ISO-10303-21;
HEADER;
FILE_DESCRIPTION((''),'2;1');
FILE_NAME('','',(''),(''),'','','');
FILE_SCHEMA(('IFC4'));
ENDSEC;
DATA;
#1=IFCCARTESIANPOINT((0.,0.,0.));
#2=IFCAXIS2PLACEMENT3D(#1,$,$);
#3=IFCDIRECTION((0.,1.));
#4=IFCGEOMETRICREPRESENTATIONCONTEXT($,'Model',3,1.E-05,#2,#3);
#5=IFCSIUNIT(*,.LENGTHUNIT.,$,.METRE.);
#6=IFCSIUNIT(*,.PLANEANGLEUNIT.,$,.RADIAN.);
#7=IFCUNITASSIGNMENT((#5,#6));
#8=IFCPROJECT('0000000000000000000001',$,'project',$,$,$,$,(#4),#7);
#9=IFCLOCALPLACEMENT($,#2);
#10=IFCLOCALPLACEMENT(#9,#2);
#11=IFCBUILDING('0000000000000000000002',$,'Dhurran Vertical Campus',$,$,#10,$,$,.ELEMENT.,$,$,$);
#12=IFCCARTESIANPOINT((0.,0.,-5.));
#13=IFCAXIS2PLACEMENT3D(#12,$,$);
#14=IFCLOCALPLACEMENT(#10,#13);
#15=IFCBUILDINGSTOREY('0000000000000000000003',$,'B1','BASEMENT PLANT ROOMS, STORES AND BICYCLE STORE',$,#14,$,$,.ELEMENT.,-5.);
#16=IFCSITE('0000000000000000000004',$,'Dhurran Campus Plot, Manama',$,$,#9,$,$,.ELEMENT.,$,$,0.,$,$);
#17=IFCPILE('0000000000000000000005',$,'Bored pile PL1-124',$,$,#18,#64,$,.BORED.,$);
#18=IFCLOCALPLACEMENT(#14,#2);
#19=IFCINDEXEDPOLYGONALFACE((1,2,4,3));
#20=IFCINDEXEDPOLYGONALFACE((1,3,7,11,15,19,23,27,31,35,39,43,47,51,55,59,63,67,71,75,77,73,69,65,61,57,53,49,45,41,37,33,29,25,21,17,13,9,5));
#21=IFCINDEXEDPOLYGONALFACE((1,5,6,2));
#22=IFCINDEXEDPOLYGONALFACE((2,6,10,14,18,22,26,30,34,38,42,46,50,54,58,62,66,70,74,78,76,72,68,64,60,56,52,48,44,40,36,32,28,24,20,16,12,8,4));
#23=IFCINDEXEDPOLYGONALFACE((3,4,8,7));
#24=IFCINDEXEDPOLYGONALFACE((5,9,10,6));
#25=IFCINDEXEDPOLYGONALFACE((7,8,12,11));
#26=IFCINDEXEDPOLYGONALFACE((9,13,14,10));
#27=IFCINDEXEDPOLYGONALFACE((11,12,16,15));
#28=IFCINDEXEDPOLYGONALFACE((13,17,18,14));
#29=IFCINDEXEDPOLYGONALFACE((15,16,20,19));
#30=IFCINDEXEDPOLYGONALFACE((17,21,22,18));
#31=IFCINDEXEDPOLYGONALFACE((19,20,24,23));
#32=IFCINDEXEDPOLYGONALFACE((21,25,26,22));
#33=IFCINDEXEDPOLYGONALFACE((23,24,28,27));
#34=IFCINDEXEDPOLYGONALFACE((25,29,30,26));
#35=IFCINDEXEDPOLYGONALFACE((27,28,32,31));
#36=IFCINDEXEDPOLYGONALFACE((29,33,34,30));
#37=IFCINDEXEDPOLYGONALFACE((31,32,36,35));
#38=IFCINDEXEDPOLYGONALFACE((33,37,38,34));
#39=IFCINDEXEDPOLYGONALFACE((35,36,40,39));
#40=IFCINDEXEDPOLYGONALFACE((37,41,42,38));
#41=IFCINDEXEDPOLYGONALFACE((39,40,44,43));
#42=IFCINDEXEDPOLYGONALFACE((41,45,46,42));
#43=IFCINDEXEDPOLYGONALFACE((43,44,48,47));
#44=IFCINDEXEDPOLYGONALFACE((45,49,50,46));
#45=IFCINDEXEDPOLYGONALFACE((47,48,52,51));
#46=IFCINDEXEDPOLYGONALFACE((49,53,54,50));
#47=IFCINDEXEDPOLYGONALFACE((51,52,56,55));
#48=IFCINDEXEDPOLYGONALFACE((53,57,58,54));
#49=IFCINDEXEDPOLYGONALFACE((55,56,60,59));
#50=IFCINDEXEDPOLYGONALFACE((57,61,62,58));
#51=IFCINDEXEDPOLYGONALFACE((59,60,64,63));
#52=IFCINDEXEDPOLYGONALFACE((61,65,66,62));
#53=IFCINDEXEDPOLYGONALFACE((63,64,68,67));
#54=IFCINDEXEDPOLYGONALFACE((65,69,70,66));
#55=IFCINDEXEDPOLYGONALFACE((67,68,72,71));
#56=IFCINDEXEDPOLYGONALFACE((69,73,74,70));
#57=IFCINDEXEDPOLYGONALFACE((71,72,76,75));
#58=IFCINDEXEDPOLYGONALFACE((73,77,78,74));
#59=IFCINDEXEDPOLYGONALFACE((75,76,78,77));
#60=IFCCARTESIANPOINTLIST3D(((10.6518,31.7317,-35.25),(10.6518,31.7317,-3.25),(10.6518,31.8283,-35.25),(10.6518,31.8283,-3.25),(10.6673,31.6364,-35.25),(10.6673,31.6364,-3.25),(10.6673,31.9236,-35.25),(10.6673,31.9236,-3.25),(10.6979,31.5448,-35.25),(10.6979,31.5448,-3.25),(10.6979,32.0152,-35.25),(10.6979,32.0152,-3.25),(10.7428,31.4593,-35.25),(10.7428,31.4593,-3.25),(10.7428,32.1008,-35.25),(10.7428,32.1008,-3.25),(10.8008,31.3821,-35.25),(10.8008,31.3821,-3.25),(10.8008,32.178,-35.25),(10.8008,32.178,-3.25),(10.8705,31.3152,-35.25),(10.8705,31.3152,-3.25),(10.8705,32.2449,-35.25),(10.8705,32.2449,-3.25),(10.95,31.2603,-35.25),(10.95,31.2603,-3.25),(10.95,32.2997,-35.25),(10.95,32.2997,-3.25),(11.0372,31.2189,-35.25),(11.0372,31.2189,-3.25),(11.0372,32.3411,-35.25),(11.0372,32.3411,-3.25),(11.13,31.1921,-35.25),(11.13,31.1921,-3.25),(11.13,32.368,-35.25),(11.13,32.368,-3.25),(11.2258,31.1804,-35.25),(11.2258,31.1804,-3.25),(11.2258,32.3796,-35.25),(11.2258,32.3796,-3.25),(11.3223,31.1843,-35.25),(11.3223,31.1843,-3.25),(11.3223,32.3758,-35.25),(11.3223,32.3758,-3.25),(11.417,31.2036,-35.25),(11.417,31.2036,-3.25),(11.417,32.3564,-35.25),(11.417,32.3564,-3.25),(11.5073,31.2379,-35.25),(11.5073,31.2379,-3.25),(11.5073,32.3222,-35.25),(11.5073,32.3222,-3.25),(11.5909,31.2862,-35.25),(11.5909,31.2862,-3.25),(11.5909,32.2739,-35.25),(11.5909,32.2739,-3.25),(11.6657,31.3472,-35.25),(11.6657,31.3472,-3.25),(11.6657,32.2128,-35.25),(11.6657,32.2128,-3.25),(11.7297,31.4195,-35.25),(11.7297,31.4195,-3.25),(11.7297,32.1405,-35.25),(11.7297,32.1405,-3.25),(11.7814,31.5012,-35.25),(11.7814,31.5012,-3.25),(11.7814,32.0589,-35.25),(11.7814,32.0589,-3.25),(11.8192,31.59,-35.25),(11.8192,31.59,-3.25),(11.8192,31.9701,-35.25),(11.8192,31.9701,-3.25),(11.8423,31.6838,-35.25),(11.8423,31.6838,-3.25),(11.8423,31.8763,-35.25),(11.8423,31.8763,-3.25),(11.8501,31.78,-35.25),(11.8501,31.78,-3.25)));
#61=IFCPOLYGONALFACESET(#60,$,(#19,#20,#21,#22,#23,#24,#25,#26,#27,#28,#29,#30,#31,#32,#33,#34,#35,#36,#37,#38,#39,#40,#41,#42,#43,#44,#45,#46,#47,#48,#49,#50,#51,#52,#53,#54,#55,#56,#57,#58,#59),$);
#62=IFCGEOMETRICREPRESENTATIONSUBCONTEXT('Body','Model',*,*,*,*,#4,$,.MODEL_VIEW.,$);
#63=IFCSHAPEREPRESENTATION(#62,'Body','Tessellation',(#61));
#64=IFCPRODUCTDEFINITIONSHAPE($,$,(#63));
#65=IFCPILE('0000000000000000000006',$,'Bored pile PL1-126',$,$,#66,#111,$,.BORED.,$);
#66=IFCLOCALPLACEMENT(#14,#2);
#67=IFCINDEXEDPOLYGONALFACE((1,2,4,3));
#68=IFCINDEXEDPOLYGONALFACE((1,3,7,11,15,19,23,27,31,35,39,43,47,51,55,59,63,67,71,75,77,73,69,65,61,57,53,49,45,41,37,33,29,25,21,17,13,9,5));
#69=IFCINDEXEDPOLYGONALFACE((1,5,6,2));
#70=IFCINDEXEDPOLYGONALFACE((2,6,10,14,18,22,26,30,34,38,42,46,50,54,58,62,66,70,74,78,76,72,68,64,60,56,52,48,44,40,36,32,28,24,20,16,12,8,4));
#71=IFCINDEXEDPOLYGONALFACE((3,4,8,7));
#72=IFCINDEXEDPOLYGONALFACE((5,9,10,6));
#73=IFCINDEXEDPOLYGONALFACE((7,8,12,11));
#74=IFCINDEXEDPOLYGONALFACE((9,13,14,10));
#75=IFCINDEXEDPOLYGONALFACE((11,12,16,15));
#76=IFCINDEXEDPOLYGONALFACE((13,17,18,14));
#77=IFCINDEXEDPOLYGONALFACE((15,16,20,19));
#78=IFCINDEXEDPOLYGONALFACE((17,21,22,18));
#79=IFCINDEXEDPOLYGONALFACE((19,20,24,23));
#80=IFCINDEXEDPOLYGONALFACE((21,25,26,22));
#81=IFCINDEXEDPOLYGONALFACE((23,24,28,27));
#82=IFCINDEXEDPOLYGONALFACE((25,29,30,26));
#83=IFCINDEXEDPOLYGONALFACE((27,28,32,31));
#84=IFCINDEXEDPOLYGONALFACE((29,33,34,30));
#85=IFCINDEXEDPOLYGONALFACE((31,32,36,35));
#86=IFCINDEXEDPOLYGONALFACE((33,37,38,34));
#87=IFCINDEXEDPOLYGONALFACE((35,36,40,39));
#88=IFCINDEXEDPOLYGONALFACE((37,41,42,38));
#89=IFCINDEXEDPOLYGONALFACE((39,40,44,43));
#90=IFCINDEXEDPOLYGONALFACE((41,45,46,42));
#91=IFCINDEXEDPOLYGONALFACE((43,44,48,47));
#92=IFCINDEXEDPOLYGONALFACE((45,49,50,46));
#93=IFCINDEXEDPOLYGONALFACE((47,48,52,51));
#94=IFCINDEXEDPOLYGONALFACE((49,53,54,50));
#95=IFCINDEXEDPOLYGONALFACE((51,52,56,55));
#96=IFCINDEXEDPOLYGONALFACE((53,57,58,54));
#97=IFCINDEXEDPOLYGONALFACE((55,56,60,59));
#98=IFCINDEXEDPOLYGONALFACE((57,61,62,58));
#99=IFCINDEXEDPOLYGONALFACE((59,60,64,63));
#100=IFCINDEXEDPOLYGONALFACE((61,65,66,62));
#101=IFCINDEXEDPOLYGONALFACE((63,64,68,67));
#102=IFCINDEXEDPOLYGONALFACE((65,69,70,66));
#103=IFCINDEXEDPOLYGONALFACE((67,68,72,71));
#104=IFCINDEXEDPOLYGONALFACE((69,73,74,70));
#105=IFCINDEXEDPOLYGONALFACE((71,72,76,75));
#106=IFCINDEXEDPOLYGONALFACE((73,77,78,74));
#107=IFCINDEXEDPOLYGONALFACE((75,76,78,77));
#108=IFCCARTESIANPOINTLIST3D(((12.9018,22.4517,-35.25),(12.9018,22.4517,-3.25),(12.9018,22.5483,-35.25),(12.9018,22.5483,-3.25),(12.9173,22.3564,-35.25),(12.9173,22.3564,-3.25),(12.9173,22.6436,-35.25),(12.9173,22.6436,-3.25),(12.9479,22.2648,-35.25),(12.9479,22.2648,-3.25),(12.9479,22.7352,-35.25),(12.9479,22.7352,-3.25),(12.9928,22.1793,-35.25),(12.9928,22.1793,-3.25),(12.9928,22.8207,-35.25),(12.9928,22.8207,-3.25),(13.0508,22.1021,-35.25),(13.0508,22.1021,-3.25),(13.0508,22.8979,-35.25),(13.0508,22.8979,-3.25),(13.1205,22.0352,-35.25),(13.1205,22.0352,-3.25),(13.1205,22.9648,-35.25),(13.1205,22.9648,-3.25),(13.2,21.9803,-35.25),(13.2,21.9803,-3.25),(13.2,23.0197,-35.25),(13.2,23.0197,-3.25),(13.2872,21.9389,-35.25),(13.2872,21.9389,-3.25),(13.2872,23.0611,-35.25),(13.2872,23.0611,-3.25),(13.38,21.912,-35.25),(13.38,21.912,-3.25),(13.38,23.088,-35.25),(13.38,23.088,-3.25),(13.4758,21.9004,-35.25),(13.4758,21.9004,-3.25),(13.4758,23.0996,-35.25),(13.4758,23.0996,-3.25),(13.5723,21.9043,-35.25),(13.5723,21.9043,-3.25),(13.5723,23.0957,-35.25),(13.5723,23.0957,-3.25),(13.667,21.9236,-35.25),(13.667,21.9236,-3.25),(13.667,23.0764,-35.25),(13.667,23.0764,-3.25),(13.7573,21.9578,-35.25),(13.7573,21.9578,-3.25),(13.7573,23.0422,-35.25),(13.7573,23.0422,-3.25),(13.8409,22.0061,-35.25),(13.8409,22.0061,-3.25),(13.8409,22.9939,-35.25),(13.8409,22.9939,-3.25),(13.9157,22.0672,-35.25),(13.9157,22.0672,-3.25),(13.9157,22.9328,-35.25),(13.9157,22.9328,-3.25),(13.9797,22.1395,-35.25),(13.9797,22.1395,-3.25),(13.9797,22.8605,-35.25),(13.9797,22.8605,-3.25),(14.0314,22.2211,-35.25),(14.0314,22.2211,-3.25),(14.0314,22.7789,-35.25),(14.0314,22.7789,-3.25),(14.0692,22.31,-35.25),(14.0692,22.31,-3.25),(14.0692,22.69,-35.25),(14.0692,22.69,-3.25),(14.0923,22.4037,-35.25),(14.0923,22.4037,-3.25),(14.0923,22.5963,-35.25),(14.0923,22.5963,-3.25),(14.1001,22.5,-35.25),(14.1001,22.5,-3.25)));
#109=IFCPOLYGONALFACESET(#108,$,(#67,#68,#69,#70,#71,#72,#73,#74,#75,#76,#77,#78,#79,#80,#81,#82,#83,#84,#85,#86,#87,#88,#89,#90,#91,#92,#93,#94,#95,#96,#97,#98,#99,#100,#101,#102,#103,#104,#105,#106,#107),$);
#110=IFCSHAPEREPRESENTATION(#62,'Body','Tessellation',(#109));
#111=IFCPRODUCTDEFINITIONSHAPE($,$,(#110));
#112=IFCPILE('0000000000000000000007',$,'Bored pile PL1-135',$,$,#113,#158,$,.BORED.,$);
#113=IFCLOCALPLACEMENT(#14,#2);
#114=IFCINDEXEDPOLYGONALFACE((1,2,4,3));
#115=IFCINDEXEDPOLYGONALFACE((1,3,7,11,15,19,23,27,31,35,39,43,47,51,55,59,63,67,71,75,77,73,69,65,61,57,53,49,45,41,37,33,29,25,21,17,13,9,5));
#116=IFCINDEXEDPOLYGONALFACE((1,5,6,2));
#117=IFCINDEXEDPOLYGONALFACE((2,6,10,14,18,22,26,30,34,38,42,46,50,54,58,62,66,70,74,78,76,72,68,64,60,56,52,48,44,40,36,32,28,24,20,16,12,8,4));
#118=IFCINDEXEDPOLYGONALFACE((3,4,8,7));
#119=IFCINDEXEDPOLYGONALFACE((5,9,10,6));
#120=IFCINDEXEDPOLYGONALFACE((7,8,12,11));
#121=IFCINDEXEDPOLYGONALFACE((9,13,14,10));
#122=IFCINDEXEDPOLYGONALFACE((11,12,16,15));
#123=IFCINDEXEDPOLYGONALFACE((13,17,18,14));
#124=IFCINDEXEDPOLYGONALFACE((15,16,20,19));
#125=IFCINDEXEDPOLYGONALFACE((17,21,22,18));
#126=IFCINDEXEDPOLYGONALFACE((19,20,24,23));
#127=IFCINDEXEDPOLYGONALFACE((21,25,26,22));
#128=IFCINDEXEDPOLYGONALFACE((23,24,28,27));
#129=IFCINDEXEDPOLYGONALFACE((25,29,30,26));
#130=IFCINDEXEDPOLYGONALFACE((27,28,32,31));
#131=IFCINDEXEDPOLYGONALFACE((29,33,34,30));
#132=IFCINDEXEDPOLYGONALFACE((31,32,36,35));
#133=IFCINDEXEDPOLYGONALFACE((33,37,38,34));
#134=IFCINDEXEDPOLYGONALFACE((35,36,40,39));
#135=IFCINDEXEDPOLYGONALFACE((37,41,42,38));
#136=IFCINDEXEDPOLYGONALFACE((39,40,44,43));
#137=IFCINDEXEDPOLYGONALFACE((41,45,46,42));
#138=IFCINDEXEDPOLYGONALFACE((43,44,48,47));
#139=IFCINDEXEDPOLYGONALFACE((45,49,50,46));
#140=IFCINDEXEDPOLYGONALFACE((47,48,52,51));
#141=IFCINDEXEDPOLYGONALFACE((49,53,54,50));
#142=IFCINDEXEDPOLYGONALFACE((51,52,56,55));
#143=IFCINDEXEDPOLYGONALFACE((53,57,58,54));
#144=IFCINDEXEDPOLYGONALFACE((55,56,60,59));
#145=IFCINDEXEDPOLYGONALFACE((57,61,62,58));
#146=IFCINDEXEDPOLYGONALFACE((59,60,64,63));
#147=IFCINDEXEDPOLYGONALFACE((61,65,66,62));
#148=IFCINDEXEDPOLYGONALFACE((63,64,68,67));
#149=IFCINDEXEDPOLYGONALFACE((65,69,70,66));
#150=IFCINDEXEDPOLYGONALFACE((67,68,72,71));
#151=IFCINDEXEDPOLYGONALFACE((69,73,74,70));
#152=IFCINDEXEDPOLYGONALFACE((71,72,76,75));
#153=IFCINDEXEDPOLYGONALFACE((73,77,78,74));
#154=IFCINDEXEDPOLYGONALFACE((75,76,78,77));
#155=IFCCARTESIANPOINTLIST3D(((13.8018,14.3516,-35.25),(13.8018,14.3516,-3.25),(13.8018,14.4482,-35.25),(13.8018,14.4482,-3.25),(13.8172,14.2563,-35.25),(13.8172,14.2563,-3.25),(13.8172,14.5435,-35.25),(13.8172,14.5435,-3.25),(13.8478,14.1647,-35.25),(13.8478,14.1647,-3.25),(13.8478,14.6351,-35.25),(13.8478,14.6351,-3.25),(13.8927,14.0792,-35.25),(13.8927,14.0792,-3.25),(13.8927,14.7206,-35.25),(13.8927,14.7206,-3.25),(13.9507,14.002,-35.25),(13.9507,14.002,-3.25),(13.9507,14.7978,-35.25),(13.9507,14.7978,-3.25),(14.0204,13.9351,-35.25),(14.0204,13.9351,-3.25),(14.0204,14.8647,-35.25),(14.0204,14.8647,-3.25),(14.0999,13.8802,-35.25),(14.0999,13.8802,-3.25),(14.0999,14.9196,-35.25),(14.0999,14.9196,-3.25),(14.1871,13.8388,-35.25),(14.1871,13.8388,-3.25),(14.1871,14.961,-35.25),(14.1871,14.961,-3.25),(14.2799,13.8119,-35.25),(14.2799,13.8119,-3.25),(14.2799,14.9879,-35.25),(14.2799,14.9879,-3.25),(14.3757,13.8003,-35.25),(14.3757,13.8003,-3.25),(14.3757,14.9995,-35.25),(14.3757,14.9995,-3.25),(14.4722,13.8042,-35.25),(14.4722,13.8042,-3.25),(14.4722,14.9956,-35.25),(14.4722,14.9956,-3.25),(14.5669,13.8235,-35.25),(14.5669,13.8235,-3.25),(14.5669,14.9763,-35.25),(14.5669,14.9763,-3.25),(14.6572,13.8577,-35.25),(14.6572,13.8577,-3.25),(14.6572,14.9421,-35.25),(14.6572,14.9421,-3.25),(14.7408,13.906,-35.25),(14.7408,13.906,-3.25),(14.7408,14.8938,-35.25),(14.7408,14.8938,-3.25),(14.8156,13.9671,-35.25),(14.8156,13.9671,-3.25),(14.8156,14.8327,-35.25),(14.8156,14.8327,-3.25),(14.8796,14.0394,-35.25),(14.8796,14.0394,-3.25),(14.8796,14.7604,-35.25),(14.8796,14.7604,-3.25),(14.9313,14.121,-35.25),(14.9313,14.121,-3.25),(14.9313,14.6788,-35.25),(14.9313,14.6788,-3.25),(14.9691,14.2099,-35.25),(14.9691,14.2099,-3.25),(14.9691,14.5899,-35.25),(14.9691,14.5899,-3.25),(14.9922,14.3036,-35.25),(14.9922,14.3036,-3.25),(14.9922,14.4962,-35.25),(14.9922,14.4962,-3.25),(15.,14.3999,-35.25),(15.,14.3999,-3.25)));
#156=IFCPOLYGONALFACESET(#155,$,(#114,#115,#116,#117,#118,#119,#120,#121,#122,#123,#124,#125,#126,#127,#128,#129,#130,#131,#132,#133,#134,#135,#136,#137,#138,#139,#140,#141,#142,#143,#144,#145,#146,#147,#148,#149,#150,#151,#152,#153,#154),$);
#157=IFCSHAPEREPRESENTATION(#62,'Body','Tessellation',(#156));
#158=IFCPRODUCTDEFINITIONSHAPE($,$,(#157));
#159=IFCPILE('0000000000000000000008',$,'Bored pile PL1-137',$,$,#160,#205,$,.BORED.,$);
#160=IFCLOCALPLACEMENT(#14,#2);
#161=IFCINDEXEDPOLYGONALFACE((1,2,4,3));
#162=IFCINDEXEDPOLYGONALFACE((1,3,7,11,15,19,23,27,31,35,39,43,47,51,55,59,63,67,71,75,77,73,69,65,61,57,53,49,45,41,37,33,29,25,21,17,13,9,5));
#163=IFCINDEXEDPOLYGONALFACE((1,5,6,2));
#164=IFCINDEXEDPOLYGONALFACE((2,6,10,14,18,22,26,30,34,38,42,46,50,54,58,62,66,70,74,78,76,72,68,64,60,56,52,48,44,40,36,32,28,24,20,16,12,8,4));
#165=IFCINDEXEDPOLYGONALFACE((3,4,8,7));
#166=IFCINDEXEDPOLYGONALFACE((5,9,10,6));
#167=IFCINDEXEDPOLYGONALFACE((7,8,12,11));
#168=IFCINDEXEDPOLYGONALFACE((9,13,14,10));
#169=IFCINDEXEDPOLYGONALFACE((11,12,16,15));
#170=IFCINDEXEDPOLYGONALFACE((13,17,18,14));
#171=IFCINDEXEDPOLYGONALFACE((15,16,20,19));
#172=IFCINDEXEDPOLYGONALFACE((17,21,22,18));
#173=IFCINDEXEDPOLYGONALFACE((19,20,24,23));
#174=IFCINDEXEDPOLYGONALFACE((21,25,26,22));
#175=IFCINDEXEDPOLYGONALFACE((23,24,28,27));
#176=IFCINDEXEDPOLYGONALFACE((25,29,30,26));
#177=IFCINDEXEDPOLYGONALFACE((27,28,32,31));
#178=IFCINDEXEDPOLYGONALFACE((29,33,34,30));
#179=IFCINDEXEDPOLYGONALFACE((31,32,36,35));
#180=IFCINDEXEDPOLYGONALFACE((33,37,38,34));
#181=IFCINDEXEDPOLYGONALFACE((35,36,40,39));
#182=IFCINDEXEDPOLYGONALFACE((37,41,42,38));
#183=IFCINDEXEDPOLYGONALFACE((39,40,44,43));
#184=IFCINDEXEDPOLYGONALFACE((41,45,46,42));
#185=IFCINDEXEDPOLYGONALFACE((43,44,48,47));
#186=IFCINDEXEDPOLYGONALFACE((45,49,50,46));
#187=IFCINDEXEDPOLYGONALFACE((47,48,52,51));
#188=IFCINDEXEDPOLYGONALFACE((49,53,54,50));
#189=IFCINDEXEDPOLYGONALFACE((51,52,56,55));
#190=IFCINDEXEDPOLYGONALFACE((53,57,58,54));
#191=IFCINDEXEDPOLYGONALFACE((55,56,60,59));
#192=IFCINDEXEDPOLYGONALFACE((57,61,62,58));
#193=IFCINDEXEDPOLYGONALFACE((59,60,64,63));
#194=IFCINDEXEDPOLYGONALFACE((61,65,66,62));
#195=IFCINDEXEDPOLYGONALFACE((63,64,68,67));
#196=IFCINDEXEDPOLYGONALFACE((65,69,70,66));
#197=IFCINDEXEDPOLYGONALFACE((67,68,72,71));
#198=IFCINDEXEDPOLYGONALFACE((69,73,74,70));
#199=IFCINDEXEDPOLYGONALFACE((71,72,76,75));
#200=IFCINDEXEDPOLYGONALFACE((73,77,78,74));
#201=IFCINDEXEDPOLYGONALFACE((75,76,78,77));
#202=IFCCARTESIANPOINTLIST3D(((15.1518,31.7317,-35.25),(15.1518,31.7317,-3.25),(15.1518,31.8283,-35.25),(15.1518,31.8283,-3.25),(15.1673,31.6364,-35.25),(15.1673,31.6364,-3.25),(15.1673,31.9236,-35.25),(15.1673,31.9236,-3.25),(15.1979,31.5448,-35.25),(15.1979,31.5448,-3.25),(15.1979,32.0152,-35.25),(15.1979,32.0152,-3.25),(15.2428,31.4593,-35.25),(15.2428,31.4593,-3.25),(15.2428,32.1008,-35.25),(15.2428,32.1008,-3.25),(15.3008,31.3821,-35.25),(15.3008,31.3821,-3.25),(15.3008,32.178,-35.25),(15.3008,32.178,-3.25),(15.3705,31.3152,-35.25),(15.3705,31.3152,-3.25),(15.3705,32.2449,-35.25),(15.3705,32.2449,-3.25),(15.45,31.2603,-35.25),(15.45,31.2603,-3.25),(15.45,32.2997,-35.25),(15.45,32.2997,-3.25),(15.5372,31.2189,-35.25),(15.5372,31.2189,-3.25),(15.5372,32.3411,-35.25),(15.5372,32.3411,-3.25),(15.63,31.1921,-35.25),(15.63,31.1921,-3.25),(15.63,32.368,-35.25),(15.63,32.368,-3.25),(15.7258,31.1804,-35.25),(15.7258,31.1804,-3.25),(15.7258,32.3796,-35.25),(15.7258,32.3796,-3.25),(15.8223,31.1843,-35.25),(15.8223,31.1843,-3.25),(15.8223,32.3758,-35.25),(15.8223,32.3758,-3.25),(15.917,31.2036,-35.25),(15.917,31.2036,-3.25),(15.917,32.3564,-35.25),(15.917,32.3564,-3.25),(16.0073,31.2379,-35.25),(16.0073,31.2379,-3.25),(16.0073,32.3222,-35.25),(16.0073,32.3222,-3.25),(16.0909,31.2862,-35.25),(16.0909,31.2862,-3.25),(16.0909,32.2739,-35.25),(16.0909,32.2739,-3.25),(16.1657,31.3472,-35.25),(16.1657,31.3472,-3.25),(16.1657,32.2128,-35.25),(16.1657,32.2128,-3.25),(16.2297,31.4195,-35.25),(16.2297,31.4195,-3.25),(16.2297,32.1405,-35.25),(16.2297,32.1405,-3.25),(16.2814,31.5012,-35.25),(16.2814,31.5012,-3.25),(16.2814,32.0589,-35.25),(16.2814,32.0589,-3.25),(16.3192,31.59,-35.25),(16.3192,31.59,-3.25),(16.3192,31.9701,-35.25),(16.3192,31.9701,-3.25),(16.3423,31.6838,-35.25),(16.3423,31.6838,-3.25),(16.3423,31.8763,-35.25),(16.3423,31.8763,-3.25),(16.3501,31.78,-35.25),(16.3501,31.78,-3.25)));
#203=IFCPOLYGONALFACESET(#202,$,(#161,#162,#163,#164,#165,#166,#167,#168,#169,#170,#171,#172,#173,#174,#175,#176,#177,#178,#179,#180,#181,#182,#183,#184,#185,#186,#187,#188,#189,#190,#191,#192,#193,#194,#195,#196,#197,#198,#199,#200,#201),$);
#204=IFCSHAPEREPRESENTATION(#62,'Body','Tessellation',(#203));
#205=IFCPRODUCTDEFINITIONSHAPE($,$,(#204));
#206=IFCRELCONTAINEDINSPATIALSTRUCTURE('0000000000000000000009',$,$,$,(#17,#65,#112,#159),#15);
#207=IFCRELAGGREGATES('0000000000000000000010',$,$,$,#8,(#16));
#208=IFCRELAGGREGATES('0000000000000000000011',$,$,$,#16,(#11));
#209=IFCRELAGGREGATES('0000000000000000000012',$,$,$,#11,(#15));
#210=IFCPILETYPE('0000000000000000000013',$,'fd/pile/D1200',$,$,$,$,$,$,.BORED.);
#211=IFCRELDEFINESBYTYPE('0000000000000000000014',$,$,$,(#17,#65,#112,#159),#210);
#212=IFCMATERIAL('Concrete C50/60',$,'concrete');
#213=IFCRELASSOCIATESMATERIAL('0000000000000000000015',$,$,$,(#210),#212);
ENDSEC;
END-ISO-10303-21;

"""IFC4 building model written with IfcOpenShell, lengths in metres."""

from ifc_helpers import new_model, si_unit, direction, frame, origin, origin_2d, place, context, subcontext, project, spatial, circle, extrude, material, material_profile, profile_set, type_object, element, save


model = new_model("IFC4")

# Units and contexts
model_context = context("Model", 3, precision=1e-05, world=origin(), true_north=direction((0.0, 1.0)))
body_context = subcontext(model_context, "Body", "Model", "MODEL_VIEW")
ifc_project = project(units=[si_unit("LENGTHUNIT", "METRE"), si_unit("PLANEANGLEUNIT", "RADIAN")], contexts=[model_context])

# Site, building, storey
site_placement = place(None, origin())
site = spatial("IfcSite", under=ifc_project, at=site_placement, Name="Dhurran Campus Plot, Manama", CompositionType="ELEMENT", RefElevation=0.0)
building_placement = place(site_placement, origin())
building = spatial("IfcBuilding", under=site, at=building_placement, Name="Dhurran Vertical Campus", CompositionType="ELEMENT")
storey_placement = place(building_placement, frame((0.0, 0.0, -5.0)))
storey = spatial("IfcBuildingStorey", under=building, at=storey_placement, Name="B1", Description="BASEMENT PLANT ROOMS, STORES AND BICYCLE STORE", CompositionType="ELEMENT", Elevation=-5.0)

# Piles
ifc_material_1 = material(Name="Concrete C50/60", Category="concrete")
ifc_material_profile_1 = material_profile(ifc_material_1, circle(Radius=0.6001, at=origin_2d()), Name="fd/pile/D1200")
ifc_profile_set_1 = profile_set([ifc_material_profile_1], Name="Concrete C50/60")
pile_type = type_object("IfcPileType", Name="fd/pile/D1200", PredefinedType="BORED", material=ifc_profile_set_1)
for number, where, z_axis, x_axis, name in (
    (1, (11.25, 31.78, -3.25), (0.0, 0.0, -1.0), (1.0, 0.0, 0.0), "Bored pile PL1-124"),
    (2, (13.5, 22.5, -3.25), (0.0, 0.0, -1.0), (1.0, 0.0, 0.0), "Bored pile PL1-126"),
    (3, (14.3999, 14.3999, -3.25), (0.0, 0.0, -1.0), (1.0, 0.0, 0.0), "Bored pile PL1-135"),
    (4, (15.75, 31.78, -3.25), (0.0, 0.0, -1.0), (1.0, 0.0, 0.0), "Bored pile PL1-137"),
):
    element("IfcPile", number, at=place(storey_placement, frame(where, z_axis=z_axis, x_axis=x_axis)), inside=storey, type_object=pile_type, Name=name, PredefinedType="BORED", context=body_context, shape_type="SweptSolid", body=[
        extrude(circle(Radius=0.6001, at=origin_2d()), origin(), (0.0, 0.0, 1.0), 32.0),
    ])

save(model, "model.ifc")
